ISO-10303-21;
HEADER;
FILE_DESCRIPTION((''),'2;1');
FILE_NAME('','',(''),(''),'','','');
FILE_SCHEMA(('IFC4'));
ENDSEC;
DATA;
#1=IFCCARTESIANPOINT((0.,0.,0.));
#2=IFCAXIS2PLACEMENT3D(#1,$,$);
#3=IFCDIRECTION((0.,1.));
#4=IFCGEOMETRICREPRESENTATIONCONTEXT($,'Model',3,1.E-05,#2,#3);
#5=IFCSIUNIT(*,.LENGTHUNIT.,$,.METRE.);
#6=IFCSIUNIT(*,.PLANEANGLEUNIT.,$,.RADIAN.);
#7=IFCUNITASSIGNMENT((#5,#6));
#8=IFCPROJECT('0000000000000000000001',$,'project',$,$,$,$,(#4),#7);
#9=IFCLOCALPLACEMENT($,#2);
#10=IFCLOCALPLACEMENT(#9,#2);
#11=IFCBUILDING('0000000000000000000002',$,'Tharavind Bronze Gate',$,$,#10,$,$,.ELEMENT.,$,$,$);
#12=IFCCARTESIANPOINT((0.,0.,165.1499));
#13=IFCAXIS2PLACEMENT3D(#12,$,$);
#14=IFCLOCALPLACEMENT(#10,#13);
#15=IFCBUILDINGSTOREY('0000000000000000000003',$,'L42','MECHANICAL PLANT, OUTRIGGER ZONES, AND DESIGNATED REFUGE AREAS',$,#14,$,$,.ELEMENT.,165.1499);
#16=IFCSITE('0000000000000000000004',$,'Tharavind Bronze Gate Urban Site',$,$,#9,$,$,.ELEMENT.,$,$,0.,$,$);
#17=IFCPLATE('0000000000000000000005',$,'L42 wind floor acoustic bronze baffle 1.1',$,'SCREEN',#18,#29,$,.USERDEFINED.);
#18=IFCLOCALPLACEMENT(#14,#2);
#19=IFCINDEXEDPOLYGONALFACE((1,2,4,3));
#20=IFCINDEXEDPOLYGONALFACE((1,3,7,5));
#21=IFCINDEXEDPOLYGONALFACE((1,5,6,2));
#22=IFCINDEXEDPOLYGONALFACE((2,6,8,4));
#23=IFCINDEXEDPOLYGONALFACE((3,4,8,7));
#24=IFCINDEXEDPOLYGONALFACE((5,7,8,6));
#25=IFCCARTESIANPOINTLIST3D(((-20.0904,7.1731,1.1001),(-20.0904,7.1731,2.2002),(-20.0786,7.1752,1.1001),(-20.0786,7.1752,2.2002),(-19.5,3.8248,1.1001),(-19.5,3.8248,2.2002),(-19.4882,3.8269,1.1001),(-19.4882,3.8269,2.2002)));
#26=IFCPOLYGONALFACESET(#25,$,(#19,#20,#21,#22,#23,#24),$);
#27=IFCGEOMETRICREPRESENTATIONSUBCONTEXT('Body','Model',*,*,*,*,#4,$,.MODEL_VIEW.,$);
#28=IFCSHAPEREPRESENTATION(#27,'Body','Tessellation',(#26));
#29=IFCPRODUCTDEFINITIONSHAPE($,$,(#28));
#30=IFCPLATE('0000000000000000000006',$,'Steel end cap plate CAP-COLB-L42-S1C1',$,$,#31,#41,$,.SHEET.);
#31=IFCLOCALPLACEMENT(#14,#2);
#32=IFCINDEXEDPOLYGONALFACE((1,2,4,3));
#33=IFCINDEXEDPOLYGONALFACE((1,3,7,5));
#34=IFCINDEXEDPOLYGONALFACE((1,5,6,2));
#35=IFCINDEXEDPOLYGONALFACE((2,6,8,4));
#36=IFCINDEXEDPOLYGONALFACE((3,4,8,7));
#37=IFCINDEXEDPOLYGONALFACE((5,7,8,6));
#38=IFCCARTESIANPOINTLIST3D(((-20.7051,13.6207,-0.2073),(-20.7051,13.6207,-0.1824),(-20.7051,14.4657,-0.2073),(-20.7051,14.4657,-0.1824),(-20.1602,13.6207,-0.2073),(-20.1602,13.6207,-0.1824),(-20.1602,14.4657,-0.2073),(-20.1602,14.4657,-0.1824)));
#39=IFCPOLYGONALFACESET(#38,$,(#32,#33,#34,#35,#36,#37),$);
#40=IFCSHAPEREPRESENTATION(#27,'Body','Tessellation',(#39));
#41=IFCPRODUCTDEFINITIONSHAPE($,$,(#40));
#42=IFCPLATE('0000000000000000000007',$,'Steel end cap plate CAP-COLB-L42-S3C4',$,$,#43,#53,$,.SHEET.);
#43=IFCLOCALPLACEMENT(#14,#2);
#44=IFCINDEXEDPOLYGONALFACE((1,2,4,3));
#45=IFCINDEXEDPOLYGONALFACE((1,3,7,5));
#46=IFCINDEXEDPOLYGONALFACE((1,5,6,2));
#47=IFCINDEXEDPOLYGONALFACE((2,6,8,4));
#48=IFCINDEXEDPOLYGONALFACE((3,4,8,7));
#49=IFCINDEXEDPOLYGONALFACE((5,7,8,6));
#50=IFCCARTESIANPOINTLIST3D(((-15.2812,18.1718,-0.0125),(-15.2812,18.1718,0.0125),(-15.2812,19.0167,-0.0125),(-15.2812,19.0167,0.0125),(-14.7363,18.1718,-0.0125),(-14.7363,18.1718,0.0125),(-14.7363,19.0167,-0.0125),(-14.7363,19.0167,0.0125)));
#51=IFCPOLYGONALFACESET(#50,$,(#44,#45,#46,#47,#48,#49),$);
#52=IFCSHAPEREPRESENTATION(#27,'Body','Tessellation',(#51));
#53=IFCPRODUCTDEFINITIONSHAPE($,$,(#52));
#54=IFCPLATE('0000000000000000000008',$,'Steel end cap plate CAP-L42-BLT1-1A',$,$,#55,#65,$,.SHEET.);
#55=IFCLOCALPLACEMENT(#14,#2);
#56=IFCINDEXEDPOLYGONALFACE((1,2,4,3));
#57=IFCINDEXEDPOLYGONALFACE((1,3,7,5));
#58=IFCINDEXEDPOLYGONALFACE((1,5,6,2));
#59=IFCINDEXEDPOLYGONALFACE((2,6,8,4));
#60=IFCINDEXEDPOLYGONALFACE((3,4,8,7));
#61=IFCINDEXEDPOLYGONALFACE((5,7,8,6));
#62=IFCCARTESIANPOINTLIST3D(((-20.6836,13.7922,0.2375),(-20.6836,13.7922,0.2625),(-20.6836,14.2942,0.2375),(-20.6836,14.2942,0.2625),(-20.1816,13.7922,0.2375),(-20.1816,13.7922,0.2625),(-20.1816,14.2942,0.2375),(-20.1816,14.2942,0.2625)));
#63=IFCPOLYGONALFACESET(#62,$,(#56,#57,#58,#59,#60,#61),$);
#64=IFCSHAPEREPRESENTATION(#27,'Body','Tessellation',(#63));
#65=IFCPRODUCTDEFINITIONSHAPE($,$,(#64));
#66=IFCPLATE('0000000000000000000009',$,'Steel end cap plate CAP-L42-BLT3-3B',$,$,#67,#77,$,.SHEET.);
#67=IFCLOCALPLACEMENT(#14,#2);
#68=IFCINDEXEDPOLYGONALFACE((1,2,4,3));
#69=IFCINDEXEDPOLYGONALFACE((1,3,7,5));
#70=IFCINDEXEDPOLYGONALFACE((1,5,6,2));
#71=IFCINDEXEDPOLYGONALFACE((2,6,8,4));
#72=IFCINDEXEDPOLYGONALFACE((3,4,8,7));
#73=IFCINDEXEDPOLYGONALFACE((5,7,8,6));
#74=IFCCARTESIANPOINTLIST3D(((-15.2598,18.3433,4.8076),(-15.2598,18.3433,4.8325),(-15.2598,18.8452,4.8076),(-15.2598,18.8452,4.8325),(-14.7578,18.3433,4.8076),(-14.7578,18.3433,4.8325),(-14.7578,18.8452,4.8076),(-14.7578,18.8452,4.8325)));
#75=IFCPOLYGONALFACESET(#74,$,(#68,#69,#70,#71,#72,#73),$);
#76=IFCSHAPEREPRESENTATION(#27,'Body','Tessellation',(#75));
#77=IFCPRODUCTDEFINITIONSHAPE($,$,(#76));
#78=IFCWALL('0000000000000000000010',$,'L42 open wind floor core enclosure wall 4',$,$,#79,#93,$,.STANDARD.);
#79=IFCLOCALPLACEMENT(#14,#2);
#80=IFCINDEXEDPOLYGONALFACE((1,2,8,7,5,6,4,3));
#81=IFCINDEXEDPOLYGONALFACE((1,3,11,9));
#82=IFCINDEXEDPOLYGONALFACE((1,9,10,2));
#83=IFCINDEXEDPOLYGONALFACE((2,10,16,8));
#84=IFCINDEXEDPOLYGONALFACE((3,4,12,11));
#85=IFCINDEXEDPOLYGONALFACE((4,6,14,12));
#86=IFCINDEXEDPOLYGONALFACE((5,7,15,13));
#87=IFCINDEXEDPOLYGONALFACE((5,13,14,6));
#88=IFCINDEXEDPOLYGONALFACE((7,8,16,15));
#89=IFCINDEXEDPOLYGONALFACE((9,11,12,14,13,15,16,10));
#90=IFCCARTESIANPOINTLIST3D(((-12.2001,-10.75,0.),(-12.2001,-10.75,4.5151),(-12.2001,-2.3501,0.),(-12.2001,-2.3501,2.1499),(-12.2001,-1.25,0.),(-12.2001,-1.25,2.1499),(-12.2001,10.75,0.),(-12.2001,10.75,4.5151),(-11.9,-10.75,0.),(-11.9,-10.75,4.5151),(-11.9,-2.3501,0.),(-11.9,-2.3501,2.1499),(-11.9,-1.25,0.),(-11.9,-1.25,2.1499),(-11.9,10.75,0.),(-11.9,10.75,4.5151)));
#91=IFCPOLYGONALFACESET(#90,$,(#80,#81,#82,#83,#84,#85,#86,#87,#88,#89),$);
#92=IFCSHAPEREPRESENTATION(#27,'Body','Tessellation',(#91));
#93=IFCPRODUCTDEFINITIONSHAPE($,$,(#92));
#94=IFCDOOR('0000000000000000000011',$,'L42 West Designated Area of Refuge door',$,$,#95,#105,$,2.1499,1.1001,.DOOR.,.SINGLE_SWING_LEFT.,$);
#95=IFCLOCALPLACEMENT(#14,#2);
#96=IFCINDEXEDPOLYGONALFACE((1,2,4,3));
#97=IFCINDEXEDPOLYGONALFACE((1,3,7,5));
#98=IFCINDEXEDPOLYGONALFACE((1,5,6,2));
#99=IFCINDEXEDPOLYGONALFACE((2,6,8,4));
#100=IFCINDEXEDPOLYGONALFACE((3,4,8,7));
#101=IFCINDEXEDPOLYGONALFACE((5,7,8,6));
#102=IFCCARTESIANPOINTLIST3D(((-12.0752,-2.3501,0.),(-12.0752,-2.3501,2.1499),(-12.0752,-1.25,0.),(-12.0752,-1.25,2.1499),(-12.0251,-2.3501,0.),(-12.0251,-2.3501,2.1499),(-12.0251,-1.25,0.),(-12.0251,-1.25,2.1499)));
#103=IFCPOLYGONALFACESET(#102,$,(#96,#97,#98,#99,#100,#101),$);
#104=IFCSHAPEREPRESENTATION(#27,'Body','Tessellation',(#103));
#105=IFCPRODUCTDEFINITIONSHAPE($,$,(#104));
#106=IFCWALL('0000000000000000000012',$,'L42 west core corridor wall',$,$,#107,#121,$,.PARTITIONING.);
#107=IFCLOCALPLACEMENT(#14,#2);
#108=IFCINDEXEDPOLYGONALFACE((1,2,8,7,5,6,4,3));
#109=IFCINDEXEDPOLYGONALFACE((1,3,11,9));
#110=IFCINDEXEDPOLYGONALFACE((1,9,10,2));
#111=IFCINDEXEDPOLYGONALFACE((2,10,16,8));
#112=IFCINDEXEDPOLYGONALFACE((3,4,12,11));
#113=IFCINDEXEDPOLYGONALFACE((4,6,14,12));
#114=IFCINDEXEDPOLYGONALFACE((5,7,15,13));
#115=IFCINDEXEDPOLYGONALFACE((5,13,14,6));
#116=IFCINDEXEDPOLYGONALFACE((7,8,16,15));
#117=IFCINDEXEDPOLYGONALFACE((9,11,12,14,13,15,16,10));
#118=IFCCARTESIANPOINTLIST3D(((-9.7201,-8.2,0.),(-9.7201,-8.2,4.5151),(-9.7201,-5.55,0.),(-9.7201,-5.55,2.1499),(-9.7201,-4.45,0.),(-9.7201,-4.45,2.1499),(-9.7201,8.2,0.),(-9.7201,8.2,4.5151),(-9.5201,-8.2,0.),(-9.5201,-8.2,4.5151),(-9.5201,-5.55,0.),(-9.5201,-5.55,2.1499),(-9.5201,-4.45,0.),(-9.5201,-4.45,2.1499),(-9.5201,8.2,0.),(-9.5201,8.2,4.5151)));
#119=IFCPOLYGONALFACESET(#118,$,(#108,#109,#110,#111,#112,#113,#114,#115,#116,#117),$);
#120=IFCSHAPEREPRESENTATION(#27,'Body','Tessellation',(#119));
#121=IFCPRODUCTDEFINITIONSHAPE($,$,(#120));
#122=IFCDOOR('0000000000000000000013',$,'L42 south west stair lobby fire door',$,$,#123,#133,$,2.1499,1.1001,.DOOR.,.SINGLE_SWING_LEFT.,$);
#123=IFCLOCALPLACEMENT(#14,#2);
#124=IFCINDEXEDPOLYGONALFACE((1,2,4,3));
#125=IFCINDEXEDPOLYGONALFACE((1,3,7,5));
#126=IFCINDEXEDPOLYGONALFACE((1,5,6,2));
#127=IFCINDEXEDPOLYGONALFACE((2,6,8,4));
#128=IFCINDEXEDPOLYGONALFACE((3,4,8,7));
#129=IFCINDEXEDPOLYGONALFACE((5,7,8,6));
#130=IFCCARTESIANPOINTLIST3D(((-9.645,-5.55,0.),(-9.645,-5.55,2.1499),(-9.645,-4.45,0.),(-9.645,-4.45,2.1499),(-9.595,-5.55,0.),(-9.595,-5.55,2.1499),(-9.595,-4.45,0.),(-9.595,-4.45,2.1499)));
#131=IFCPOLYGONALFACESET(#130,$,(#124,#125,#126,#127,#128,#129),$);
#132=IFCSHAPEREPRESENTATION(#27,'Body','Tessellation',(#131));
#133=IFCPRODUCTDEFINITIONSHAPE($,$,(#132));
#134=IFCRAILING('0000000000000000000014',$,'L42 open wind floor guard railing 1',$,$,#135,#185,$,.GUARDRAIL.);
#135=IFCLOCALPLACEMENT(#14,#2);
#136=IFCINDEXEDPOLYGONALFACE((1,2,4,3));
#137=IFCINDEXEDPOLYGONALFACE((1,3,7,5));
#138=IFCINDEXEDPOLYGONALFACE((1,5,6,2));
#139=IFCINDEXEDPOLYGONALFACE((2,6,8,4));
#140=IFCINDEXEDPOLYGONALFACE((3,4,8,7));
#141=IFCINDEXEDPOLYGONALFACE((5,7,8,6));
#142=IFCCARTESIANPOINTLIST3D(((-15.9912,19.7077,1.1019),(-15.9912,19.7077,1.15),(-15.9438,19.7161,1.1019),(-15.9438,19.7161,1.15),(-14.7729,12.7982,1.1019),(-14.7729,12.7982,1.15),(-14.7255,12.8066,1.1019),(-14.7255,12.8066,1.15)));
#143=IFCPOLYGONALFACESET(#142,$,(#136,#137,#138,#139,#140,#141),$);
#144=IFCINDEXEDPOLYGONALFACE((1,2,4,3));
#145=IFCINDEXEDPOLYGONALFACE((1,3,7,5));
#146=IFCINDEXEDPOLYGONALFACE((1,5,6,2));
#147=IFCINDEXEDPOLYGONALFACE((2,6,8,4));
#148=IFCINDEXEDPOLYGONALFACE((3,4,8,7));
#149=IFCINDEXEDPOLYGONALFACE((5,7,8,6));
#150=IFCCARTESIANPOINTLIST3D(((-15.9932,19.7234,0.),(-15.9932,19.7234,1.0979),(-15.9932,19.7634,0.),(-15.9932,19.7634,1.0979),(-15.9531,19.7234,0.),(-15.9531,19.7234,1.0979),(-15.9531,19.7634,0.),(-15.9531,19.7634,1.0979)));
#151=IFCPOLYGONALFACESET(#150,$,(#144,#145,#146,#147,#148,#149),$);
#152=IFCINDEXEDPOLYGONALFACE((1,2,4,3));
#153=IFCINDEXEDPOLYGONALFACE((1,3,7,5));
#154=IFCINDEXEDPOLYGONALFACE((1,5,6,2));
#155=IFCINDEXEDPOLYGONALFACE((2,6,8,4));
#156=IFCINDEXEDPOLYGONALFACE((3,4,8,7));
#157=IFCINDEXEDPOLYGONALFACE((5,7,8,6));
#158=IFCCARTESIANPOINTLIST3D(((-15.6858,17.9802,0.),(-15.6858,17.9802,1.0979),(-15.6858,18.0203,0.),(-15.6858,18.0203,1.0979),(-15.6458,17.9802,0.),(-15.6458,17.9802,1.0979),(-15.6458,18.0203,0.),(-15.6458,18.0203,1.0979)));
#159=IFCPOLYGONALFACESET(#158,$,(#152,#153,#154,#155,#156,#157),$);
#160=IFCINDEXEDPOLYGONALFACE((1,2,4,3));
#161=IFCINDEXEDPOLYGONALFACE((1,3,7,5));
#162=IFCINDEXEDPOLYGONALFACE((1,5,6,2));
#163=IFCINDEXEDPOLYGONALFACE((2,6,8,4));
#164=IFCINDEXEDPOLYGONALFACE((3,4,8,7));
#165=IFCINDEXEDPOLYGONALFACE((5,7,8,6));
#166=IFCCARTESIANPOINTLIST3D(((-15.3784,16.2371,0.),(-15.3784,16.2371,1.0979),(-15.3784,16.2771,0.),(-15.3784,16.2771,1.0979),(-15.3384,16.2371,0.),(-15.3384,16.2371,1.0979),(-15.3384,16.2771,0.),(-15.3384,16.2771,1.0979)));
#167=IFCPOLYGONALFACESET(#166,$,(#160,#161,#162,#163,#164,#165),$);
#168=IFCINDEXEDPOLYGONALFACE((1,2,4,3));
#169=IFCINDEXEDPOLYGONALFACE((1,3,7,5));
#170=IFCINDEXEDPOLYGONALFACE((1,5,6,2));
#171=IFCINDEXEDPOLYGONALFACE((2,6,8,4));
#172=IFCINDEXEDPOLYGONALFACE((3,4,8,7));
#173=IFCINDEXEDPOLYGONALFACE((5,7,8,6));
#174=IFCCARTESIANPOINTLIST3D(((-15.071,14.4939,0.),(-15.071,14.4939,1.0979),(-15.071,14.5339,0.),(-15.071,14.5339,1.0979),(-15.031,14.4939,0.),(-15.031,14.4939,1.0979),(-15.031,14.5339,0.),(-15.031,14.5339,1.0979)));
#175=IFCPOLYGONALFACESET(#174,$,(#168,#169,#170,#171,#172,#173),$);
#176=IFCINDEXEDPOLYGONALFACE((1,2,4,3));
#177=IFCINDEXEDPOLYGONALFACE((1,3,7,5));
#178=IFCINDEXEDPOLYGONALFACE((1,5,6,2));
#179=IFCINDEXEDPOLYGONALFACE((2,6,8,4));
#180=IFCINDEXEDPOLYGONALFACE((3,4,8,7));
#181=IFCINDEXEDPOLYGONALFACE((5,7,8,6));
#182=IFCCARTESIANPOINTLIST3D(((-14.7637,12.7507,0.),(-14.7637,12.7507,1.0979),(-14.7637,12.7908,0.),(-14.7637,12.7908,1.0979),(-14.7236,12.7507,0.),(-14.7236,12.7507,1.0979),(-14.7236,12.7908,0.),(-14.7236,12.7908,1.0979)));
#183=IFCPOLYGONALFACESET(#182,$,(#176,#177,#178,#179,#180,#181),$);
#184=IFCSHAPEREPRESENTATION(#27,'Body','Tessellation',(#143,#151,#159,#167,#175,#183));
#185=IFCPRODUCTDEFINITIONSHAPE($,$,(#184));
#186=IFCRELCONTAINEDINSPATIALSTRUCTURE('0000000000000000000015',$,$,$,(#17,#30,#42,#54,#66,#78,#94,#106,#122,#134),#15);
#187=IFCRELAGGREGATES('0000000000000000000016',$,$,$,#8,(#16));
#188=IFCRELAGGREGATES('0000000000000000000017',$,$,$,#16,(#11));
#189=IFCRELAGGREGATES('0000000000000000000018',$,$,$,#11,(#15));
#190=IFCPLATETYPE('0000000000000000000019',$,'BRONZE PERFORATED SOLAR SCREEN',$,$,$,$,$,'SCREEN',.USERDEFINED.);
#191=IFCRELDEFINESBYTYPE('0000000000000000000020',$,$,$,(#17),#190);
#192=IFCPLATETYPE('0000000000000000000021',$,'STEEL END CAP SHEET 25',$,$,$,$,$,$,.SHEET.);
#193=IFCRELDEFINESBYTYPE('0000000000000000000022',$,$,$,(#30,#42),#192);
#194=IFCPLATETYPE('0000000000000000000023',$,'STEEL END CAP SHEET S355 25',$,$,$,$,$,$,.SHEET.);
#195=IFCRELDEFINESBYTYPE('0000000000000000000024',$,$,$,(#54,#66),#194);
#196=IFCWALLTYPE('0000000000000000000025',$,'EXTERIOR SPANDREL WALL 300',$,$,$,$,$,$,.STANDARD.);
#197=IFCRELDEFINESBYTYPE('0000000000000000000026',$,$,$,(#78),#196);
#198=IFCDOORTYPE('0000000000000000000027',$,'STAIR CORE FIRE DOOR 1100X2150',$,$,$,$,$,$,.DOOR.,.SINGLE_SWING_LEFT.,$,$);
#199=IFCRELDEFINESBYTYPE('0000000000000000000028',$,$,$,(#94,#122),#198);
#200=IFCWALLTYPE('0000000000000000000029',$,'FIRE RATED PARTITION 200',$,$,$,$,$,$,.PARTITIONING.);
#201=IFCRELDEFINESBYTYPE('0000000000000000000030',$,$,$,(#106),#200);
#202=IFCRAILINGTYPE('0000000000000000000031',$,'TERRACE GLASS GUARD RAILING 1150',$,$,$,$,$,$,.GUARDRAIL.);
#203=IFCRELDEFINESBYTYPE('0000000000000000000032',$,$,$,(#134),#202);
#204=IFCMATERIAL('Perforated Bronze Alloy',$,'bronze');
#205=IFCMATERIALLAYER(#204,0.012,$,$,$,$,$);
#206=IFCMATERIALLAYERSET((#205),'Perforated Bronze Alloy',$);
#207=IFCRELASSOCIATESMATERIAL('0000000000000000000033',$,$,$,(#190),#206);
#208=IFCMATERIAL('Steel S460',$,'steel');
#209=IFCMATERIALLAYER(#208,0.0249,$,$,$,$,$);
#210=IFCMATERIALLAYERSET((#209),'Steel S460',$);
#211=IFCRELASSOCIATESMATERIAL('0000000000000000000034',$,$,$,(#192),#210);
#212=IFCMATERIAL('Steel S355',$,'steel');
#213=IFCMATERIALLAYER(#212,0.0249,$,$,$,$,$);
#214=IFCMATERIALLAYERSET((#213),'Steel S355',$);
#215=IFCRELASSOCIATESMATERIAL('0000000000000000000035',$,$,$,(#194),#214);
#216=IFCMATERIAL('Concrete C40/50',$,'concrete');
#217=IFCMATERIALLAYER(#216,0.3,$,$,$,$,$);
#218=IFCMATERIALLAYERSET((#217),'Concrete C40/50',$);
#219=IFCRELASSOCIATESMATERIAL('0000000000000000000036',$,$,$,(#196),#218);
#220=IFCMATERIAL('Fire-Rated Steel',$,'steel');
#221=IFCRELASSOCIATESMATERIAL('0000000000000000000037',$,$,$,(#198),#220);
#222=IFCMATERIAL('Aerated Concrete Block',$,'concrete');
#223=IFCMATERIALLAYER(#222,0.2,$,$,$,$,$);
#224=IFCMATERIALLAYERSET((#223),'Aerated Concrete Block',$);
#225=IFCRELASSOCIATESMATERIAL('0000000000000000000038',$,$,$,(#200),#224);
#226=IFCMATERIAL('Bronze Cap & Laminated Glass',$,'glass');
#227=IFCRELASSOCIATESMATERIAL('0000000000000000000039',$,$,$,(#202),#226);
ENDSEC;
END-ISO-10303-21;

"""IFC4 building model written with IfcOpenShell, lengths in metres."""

from ifc_helpers import new_model, si_unit, direction, frame, frame_2d, origin, origin_2d, place, context, subcontext, project, spatial, rectangle, extrude, material, layer, layer_set, type_object, element, fill, save


model = new_model("IFC4")

# Units and contexts
model_context = context("Model", 3, precision=1e-05, world=origin(), true_north=direction((0.0, 1.0)))
body_context = subcontext(model_context, "Body", "Model", "MODEL_VIEW")
ifc_project = project(units=[si_unit("LENGTHUNIT", "METRE"), si_unit("PLANEANGLEUNIT", "RADIAN")], contexts=[model_context])

# Site, building, storey
site_placement = place(None, origin())
site = spatial("IfcSite", under=ifc_project, at=site_placement, Name="Tharavind Bronze Gate Urban Site", CompositionType="ELEMENT", RefElevation=0.0)
building_placement = place(site_placement, origin())
building = spatial("IfcBuilding", under=site, at=building_placement, Name="Tharavind Bronze Gate", CompositionType="ELEMENT")
storey_placement = place(building_placement, frame((0.0, 0.0, 165.1499)))
storey = spatial("IfcBuildingStorey", under=building, at=storey_placement, Name="L42", Description="MECHANICAL PLANT, OUTRIGGER ZONES, AND DESIGNATED REFUGE AREAS", CompositionType="ELEMENT", Elevation=165.1499)

# Shared definitions
ifc_material_1 = material(Name="Steel S460", Category="steel")

# Shared definitions
ifc_material_2 = material(Name="Steel S355", Category="steel")

# Plates
ifc_material_3 = material(Name="Perforated Bronze Alloy", Category="bronze")
ifc_layer_1 = layer(ifc_material_3, 0.012)
ifc_layer_set_1 = layer_set([ifc_layer_1], Name="Perforated Bronze Alloy")
plate_type_1 = type_object("IfcPlateType", Name="BRONZE PERFORATED SOLAR SCREEN", ElementType="SCREEN", PredefinedType="USERDEFINED", material=ifc_layer_set_1)
plate_placement = place(storey_placement, frame((-19.7893, 5.5, 1.1001), z_axis=(0.0, 0.0, 1.0), x_axis=(0.173648, -0.984808, 0.0)))
element("IfcPlate", 1, at=plate_placement, inside=storey, type_object=plate_type_1, Name="L42 wind floor acoustic bronze baffle 1.1", ObjectType="SCREEN", PredefinedType="USERDEFINED", context=body_context, shape_type="SweptSolid", body=[
    extrude(rectangle(XDim=3.3999, YDim=0.012, at=origin_2d()), origin(), (0.0, 0.0, 1.0), 1.1001),
])
ifc_layer_2 = layer(ifc_material_1, 0.0249)
ifc_layer_set_2 = layer_set([ifc_layer_2], Name="Steel S460")
plate_type_2 = type_object("IfcPlateType", Name="STEEL END CAP SHEET 25", PredefinedType="SHEET", material=ifc_layer_set_2)
for number, where, z_axis, x_axis, name in (
    (2, (-20.4326, 14.0432, -0.2073), (0.0, 0.0, 1.0), (1.0, 0.0, 0.0), "Steel end cap plate CAP-COLB-L42-S1C1"),
    (3, (-15.0088, 18.5942, -0.0125), (0.0, 0.0, 1.0), (1.0, 0.0, 0.0), "Steel end cap plate CAP-COLB-L42-S3C4"),
):
    element("IfcPlate", number, at=place(storey_placement, frame(where, z_axis=z_axis, x_axis=x_axis)), inside=storey, type_object=plate_type_2, Name=name, PredefinedType="SHEET", context=body_context, shape_type="SweptSolid", body=[
        extrude(rectangle(XDim=0.5449, YDim=0.845, at=origin_2d()), origin(), (0.0, 0.0, 1.0), 0.0249),
    ])
ifc_layer_3 = layer(ifc_material_2, 0.0249)
ifc_layer_set_3 = layer_set([ifc_layer_3], Name="Steel S355")
plate_type_3 = type_object("IfcPlateType", Name="STEEL END CAP SHEET S355 25", PredefinedType="SHEET", material=ifc_layer_set_3)
for number, where, z_axis, x_axis, name in (
    (4, (-20.4326, 14.0432, 0.2375), (0.0, 0.0, 1.0), (1.0, 0.0, 0.0), "Steel end cap plate CAP-L42-BLT1-1A"),
    (5, (-15.0088, 18.5942, 4.8076), (0.0, 0.0, 1.0), (1.0, 0.0, 0.0), "Steel end cap plate CAP-L42-BLT3-3B"),
):
    element("IfcPlate", number, at=place(storey_placement, frame(where, z_axis=z_axis, x_axis=x_axis)), inside=storey, type_object=plate_type_3, Name=name, PredefinedType="SHEET", context=body_context, shape_type="SweptSolid", body=[
        extrude(rectangle(XDim=0.502, YDim=0.502, at=origin_2d()), origin(), (0.0, 0.0, 1.0), 0.0249),
    ])

# Walls, openings, doors
ifc_material_4 = material(Name="Concrete C40/50", Category="concrete")
ifc_layer_4 = layer(ifc_material_4, 0.3)
ifc_layer_set_4 = layer_set([ifc_layer_4], Name="Concrete C40/50")
wall_type_1 = type_object("IfcWallType", Name="EXTERIOR SPANDREL WALL 300", PredefinedType="STANDARD", material=ifc_layer_set_4)
wall_1_placement = place(storey_placement, frame((-12.05, 10.75, 0.0), z_axis=(0.0, 0.0, 1.0), x_axis=(0.0, -1.0, 0.0)))
wall_1 = element("IfcWall", 6, at=wall_1_placement, inside=storey, type_object=wall_type_1, Name="L42 open wind floor core enclosure wall 4", PredefinedType="STANDARD", context=body_context, shape_type="SweptSolid", body=[
    extrude(rectangle(XDim=21.5, YDim=0.3, at=frame_2d((10.75, 0.0))), origin(), (0.0, 0.0, 1.0), 4.5151),
])
opening_1_placement = place(wall_1_placement, frame((12.0, 0.0, 0.0)))
opening_1 = element("IfcOpeningElement", 7, at=opening_1_placement, cuts=wall_1, PredefinedType="OPENING", context=body_context, shape_type="SweptSolid", body=[
    extrude(rectangle(XDim=1.1001, YDim=2.1499, at=frame_2d((0.55, 1.075))), frame((0.0, 0.1599, 0.0), z_axis=(0.0, -1.0, 0.0), x_axis=(1.0, 0.0, 0.0)), (0.0, 0.0, 1.0), 0.32),
])
ifc_material_5 = material(Name="Fire-Rated Steel", Category="steel")
door_type = type_object("IfcDoorType", Name="STAIR CORE FIRE DOOR 1100X2150", OperationType="SINGLE_SWING_LEFT", PredefinedType="DOOR", material=ifc_material_5)
door_1_placement = place(opening_1_placement, origin())
door_1 = element("IfcDoor", 8, at=door_1_placement, inside=storey, type_object=door_type, Name="L42 West Designated Area of Refuge door", OperationType="SINGLE_SWING_LEFT", OverallHeight=2.1499, OverallWidth=1.1001, PredefinedType="DOOR", context=body_context, shape_type="SweptSolid", body=[
    extrude(rectangle(XDim=1.1001, YDim=2.1499, at=frame_2d((0.55, 1.075))), frame((0.0, 0.0249, 0.0), z_axis=(0.0, -1.0, 0.0), x_axis=(1.0, 0.0, 0.0)), (0.0, 0.0, 1.0), 0.05),
])
fill(opening_1, door_1)
ifc_material_6 = material(Name="Aerated Concrete Block", Category="concrete")
ifc_layer_5 = layer(ifc_material_6, 0.2)
ifc_layer_set_5 = layer_set([ifc_layer_5], Name="Aerated Concrete Block")
wall_type_2 = type_object("IfcWallType", Name="FIRE RATED PARTITION 200", PredefinedType="PARTITIONING", material=ifc_layer_set_5)
wall_2_placement = place(storey_placement, frame((-9.6201, 8.2, 0.0), z_axis=(0.0, 0.0, 1.0), x_axis=(0.0, -1.0, 0.0)))
wall_2 = element("IfcWall", 9, at=wall_2_placement, inside=storey, type_object=wall_type_2, Name="L42 west core corridor wall", PredefinedType="PARTITIONING", context=body_context, shape_type="SweptSolid", body=[
    extrude(rectangle(XDim=16.3999, YDim=0.2, at=frame_2d((8.2, 0.0))), origin(), (0.0, 0.0, 1.0), 4.5151),
])
opening_2_placement = place(wall_2_placement, frame((12.6499, 0.0, 0.0)))
opening_2 = element("IfcOpeningElement", 10, at=opening_2_placement, cuts=wall_2, PredefinedType="OPENING", context=body_context, shape_type="SweptSolid", body=[
    extrude(rectangle(XDim=1.1001, YDim=2.1499, at=frame_2d((0.55, 1.075))), frame((0.0, 0.1101, 0.0), z_axis=(0.0, -1.0, 0.0), x_axis=(1.0, 0.0, 0.0)), (0.0, 0.0, 1.0), 0.22),
])
door_2_placement = place(opening_2_placement, frame((1.1001, 0.0, 0.0), z_axis=(0.0, 0.0, 1.0), x_axis=(-1.0, 0.0, 0.0)))
door_2 = element("IfcDoor", 11, at=door_2_placement, inside=storey, type_object=door_type, Name="L42 south west stair lobby fire door", OperationType="SINGLE_SWING_LEFT", OverallHeight=2.1499, OverallWidth=1.1001, PredefinedType="DOOR", context=body_context, shape_type="SweptSolid", body=[
    extrude(rectangle(XDim=1.1001, YDim=2.1499, at=frame_2d((0.55, 1.075))), frame((0.0, 0.0249, 0.0), z_axis=(0.0, -1.0, 0.0), x_axis=(1.0, 0.0, 0.0)), (0.0, 0.0, 1.0), 0.05),
])
fill(opening_2, door_2)

# Railing
ifc_material_7 = material(Name="Bronze Cap & Laminated Glass", Category="glass")
railing_type = type_object("IfcRailingType", Name="TERRACE GLASS GUARD RAILING 1150", PredefinedType="GUARDRAIL", material=ifc_material_7)
railing_1_placement = place(storey_placement, frame((-15.9731, 19.7434, 0.0)))
element("IfcRailing", 12, at=railing_1_placement, inside=storey, type_object=railing_type, Name="L42 open wind floor guard railing 1", PredefinedType="GUARDRAIL", context=body_context, shape_type="SweptSolid", body=[
    extrude(rectangle(XDim=0.0481, YDim=0.0481, at=origin_2d()), frame((0.0056, -0.0315, 1.126), z_axis=(0.173652, -0.984807, 0.0), x_axis=(0.984807, 0.173652, 0.0)), (0.0, 0.0, 1.0), 7.0161),
    extrude(rectangle(XDim=0.04, YDim=0.04, at=origin_2d()), origin(), (0.0, 0.0, 1.0), 1.0979),
    extrude(rectangle(XDim=0.04, YDim=0.04, at=origin_2d()), frame((0.3074, -1.7432, 0.0)), (0.0, 0.0, 1.0), 1.0979),
    extrude(rectangle(XDim=0.04, YDim=0.04, at=origin_2d()), frame((0.6147, -3.4863, 0.0)), (0.0, 0.0, 1.0), 1.0979),
    extrude(rectangle(XDim=0.04, YDim=0.04, at=origin_2d()), frame((0.9221, -5.2295, 0.0)), (0.0, 0.0, 1.0), 1.0979),
    extrude(rectangle(XDim=0.04, YDim=0.04, at=origin_2d()), frame((1.2295, -6.9727, 0.0)), (0.0, 0.0, 1.0), 1.0979),
])

save(model, "model.ifc")
